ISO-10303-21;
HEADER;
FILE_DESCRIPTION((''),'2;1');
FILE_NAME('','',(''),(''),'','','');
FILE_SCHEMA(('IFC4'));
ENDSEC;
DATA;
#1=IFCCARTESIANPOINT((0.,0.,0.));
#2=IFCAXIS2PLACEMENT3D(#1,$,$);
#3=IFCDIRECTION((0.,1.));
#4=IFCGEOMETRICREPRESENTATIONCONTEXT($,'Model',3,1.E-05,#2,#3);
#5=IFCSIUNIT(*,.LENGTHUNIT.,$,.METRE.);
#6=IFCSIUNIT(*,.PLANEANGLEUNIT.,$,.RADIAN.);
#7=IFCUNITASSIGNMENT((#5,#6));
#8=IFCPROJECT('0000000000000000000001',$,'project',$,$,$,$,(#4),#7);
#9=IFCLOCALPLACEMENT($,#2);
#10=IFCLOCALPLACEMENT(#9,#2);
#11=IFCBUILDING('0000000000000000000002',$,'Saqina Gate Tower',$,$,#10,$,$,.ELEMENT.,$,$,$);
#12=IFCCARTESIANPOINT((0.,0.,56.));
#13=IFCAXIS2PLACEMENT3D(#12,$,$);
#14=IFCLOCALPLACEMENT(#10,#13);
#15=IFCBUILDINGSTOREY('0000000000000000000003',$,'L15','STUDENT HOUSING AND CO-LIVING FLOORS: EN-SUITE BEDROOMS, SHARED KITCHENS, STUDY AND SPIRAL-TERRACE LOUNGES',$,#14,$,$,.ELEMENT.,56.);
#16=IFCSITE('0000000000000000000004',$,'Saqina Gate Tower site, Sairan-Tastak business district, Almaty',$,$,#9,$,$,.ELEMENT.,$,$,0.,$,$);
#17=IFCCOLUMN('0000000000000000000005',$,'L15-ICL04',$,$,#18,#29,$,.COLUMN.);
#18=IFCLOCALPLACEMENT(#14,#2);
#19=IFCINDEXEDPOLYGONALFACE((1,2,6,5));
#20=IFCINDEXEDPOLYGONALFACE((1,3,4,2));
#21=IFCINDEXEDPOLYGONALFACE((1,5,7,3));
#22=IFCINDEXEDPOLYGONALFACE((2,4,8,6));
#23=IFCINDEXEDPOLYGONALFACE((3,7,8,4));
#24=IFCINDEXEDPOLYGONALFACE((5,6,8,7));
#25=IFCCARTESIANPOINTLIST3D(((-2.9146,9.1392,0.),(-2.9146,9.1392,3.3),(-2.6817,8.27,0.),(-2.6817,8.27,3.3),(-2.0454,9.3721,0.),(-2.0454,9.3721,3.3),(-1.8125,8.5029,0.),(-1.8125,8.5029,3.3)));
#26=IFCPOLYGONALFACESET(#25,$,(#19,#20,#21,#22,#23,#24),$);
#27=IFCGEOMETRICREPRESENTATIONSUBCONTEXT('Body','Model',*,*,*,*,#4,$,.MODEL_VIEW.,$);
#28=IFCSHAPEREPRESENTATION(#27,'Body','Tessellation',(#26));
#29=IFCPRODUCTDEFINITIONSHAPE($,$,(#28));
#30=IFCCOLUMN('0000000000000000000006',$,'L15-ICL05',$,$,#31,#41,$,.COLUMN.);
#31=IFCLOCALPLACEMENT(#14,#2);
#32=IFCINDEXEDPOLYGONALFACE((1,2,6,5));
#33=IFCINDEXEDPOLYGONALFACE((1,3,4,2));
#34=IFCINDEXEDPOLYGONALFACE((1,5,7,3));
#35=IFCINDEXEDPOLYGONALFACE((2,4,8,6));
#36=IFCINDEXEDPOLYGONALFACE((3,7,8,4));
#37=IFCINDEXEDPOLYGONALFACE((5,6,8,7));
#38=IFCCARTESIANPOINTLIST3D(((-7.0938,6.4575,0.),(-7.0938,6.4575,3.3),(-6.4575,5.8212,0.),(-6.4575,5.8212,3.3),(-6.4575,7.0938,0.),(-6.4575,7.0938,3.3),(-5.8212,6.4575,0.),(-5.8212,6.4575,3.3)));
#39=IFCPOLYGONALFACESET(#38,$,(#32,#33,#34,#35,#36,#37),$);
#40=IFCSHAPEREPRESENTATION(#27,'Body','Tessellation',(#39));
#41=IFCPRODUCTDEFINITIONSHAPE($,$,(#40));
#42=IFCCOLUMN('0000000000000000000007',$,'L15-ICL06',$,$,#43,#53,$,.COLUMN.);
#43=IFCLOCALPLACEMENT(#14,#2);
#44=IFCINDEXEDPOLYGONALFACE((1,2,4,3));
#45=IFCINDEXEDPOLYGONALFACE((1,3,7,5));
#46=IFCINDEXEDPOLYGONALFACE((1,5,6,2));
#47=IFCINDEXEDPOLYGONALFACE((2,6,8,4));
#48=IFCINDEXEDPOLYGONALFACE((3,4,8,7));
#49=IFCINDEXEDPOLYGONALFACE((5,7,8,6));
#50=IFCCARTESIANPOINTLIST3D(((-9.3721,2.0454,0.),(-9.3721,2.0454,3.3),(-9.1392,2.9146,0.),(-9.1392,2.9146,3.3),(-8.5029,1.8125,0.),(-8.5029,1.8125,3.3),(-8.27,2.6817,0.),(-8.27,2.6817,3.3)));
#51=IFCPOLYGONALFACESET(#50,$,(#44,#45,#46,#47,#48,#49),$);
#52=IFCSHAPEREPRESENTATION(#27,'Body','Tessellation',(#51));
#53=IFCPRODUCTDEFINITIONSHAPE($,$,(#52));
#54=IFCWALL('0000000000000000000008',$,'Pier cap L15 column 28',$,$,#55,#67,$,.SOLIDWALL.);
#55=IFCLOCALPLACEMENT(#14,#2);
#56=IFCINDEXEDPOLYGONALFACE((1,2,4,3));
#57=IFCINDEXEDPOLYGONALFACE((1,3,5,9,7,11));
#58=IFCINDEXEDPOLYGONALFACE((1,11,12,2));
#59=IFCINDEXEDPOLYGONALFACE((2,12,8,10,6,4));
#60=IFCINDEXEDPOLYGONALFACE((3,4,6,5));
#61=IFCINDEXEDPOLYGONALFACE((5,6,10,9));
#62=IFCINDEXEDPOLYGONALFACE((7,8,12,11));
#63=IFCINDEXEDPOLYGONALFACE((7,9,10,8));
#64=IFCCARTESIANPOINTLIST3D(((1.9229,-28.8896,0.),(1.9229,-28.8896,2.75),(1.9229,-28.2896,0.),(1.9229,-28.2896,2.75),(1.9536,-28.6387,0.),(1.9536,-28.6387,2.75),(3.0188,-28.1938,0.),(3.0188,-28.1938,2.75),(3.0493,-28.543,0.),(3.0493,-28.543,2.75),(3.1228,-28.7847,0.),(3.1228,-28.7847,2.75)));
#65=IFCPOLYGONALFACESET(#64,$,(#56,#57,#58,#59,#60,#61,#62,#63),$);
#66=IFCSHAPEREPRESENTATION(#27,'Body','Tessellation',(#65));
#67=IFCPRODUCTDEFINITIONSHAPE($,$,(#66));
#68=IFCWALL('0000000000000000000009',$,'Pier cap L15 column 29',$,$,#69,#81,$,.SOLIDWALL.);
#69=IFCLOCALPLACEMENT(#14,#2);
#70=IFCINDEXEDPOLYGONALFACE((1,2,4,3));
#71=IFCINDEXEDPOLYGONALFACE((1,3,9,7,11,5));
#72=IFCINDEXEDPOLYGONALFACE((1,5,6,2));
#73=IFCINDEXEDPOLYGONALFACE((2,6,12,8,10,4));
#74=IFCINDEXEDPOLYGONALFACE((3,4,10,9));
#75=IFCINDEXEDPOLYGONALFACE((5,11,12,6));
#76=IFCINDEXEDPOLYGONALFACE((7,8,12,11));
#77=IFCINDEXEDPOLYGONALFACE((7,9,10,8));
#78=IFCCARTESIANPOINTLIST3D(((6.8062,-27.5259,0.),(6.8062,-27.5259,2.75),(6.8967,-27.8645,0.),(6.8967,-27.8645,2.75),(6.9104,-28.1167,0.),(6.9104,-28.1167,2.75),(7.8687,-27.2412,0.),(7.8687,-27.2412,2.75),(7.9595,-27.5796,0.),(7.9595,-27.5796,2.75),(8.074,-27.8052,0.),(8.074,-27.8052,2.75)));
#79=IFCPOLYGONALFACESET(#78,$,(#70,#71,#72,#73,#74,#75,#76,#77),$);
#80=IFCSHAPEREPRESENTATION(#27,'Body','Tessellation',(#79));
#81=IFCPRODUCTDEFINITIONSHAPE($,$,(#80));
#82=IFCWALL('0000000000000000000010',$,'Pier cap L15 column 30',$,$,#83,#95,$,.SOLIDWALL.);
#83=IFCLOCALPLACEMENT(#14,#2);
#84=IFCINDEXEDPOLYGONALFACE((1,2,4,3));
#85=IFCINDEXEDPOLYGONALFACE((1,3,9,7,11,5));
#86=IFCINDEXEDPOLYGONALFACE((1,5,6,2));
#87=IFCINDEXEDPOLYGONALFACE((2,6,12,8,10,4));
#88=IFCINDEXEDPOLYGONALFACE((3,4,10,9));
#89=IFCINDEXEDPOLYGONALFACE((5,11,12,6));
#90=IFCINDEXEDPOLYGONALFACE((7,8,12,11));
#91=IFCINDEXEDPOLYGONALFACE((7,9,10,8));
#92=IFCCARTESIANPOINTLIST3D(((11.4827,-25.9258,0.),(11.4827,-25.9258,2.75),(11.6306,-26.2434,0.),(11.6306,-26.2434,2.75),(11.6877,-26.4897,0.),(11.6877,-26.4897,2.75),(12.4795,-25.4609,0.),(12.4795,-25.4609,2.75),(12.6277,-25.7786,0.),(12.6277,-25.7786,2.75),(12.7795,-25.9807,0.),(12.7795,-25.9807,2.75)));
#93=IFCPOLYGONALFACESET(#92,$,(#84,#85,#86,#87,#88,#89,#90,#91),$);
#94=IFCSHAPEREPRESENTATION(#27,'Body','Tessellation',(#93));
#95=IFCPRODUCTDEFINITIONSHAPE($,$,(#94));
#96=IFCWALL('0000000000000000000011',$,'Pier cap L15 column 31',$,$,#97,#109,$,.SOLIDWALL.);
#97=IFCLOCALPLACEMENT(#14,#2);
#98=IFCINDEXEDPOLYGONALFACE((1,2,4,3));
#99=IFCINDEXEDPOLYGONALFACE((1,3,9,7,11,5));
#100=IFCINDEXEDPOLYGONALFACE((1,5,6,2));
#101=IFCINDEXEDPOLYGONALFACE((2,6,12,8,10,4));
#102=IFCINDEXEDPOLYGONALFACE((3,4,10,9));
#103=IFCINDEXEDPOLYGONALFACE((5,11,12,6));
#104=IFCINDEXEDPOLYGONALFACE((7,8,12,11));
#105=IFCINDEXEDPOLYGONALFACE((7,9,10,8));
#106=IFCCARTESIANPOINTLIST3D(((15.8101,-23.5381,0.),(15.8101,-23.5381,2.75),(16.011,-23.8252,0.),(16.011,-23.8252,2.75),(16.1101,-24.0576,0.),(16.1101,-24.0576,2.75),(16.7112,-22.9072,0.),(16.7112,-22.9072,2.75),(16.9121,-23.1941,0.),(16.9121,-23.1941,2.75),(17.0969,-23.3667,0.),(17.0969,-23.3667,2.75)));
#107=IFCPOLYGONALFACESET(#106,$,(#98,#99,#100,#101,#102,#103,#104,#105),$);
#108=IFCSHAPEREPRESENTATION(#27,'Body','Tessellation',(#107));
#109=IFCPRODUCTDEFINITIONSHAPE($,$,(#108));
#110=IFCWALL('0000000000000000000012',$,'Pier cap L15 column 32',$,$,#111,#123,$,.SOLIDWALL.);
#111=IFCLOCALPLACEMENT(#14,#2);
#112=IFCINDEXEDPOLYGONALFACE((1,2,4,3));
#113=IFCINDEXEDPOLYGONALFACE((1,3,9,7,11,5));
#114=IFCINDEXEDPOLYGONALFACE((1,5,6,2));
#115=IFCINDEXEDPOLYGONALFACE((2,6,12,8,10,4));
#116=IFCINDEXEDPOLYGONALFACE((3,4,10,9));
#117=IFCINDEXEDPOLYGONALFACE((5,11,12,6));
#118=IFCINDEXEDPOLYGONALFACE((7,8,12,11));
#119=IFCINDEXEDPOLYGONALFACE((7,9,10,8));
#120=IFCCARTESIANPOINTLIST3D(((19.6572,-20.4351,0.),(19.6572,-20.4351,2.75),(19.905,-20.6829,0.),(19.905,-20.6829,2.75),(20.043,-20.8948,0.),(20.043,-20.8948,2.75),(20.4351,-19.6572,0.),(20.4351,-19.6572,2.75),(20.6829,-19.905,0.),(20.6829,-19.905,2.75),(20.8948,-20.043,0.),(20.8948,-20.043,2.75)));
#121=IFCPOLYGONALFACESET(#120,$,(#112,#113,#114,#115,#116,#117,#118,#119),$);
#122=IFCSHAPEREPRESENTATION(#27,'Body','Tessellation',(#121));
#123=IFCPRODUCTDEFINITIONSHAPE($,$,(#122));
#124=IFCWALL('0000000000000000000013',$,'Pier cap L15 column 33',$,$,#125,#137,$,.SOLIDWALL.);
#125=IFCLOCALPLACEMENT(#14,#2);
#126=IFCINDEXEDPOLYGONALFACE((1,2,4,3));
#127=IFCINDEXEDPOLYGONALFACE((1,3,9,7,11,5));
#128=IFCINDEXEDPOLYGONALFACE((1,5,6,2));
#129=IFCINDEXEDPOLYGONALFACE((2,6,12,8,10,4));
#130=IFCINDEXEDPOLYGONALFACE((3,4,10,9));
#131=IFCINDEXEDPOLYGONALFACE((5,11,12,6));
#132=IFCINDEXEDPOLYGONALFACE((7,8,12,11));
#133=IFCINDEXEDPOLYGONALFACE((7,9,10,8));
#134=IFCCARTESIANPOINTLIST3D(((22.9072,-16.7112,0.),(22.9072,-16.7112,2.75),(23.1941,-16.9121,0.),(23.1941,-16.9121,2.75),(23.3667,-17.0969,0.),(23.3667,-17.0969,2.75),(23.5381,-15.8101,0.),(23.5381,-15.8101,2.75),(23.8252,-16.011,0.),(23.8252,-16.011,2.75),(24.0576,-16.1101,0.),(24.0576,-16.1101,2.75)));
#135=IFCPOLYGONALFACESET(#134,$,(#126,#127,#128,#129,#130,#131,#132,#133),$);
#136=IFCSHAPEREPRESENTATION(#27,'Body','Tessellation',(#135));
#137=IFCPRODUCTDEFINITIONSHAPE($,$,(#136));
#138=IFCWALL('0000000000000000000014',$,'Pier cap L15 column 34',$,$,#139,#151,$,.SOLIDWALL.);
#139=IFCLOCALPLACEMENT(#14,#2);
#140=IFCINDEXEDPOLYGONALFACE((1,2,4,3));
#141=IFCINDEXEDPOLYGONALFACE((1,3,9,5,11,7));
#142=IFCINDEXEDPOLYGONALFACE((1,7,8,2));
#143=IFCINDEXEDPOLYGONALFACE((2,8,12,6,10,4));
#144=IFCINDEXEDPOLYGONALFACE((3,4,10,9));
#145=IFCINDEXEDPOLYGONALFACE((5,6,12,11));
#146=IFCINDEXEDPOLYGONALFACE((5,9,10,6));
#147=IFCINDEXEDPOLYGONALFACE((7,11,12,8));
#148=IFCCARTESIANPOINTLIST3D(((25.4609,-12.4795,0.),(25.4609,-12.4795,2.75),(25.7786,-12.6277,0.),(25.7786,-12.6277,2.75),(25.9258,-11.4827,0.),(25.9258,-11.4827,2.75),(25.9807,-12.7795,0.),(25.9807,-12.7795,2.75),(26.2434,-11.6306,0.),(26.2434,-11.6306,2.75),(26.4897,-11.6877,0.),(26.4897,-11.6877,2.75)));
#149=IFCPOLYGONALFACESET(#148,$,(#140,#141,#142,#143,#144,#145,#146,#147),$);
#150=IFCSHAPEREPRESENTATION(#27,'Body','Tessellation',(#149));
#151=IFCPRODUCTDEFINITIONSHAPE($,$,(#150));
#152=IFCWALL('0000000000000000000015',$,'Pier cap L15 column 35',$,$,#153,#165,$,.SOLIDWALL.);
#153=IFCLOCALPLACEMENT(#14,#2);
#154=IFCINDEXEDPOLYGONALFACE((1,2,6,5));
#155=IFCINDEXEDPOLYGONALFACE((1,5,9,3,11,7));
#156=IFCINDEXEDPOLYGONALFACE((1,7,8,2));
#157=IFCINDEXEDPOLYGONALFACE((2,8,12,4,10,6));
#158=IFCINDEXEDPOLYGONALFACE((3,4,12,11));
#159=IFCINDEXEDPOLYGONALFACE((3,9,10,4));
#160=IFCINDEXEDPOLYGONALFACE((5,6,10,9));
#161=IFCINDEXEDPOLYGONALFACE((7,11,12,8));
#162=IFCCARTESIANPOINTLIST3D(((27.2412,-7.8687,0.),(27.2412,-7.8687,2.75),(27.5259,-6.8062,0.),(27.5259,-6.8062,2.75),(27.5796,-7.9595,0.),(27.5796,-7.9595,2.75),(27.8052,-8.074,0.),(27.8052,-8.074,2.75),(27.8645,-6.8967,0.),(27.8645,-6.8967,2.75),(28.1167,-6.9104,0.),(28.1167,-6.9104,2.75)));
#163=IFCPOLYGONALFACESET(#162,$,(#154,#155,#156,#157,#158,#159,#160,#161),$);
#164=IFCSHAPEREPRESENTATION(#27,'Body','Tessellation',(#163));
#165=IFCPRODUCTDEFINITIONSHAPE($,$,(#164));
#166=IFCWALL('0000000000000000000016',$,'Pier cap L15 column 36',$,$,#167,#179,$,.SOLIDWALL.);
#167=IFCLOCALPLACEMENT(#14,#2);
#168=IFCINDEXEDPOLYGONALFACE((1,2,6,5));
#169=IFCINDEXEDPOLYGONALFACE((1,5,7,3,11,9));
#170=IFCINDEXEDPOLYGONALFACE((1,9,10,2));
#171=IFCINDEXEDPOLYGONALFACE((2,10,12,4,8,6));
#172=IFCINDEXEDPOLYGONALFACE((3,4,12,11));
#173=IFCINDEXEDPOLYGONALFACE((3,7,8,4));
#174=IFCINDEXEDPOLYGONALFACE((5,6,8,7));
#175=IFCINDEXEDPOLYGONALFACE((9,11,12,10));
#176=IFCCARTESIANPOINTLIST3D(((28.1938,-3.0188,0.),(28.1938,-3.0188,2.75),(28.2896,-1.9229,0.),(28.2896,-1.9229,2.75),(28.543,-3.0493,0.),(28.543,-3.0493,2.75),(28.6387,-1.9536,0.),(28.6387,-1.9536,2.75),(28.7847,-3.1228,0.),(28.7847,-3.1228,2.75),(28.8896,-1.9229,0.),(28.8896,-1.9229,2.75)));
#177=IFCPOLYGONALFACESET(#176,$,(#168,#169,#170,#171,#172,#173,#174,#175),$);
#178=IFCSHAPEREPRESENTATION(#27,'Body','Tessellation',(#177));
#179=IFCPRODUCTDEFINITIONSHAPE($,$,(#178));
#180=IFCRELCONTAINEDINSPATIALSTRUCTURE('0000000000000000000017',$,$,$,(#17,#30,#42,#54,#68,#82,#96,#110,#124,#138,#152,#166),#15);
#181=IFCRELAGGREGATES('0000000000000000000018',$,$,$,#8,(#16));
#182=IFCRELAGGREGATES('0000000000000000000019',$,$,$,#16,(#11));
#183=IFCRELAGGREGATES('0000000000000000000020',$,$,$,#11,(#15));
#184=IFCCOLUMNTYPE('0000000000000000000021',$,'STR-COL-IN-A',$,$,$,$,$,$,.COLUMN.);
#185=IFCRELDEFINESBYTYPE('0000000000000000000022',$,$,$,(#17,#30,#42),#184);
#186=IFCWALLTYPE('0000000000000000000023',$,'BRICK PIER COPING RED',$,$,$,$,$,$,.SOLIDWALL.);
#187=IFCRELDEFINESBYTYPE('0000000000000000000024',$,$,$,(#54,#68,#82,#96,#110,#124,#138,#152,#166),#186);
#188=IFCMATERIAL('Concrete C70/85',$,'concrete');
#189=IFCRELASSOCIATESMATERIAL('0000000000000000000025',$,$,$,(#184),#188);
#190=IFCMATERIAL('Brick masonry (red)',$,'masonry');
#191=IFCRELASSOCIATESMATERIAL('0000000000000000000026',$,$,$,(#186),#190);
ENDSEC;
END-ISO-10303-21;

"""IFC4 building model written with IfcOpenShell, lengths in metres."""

from ifc_helpers import new_model, si_unit, direction, frame, origin, origin_2d, place, context, subcontext, project, spatial, polyline, rectangle, outline, extrude, material, material_profile, profile_set, type_object, element, save


model = new_model("IFC4")

# Units and contexts
model_context = context("Model", 3, precision=1e-05, world=origin(), true_north=direction((0.0, 1.0)))
body_context = subcontext(model_context, "Body", "Model", "MODEL_VIEW")
ifc_project = project(units=[si_unit("LENGTHUNIT", "METRE"), si_unit("PLANEANGLEUNIT", "RADIAN")], contexts=[model_context])

# Site, building, storey
site_placement = place(None, origin())
site = spatial("IfcSite", under=ifc_project, at=site_placement, Name="Saqina Gate Tower site, Sairan-Tastak business district, Almaty", CompositionType="ELEMENT", RefElevation=0.0)
building_placement = place(site_placement, origin())
building = spatial("IfcBuilding", under=site, at=building_placement, Name="Saqina Gate Tower", CompositionType="ELEMENT")
storey_placement = place(building_placement, frame((0.0, 0.0, 56.0)))
storey = spatial("IfcBuildingStorey", under=building, at=storey_placement, Name="L15", Description="STUDENT HOUSING AND CO-LIVING FLOORS: EN-SUITE BEDROOMS, SHARED KITCHENS, STUDY AND SPIRAL-TERRACE LOUNGES", CompositionType="ELEMENT", Elevation=56.0)

# Columns
ifc_material_1 = material(Name="Concrete C70/85", Category="concrete")
ifc_material_profile = material_profile(ifc_material_1, rectangle(XDim=0.8999, YDim=0.8999, at=origin_2d()), Name="RC 900x900")
ifc_profile_set = profile_set([ifc_material_profile], Name="Concrete C70/85")
column_type = type_object("IfcColumnType", Name="STR-COL-IN-A", PredefinedType="COLUMN", material=ifc_profile_set)
for number, where, z_axis, x_axis, name in (
    (1, (-2.3635, 8.821, 0.0), (0.0, 0.0, 1.0), (-0.258819, 0.965926, 0.0), "L15-ICL04"),
    (2, (-6.4575, 6.4575, 0.0), (0.0, 0.0, 1.0), (-0.707107, 0.707107, 0.0), "L15-ICL05"),
    (3, (-8.821, 2.3635, 0.0), (0.0, 0.0, 1.0), (-0.965926, 0.258819, 0.0), "L15-ICL06"),
):
    element("IfcColumn", number, at=place(storey_placement, frame(where, z_axis=z_axis, x_axis=x_axis)), inside=storey, type_object=column_type, Name=name, PredefinedType="COLUMN", context=body_context, shape_type="SweptSolid", body=[
        extrude(rectangle(XDim=0.8999, YDim=0.8999, at=origin_2d()), origin(), (0.0, 0.0, 1.0), 3.3),
    ])

# Walls
ifc_material_2 = material(Name="Brick masonry (red)", Category="masonry")
wall_type_1 = type_object("IfcWallType", Name="BRICK PIER COPING RED", PredefinedType="SOLIDWALL", material=ifc_material_2)
wall_1_placement = place(storey_placement, origin())
element("IfcWall", 4, at=wall_1_placement, inside=storey, type_object=wall_type_1, Name="Pier cap L15 column 28", PredefinedType="SOLIDWALL", context=body_context, shape_type="SweptSolid", body=[
    extrude(outline(polyline([(1.9229, -28.8896), (3.1228, -28.7847), (3.0188, -28.1938), (3.0493, -28.543), (1.9536, -28.6387), (1.9229, -28.2896), (1.9229, -28.8896)])), origin(), (0.0, 0.0, 1.0), 2.75),
])
wall_2_placement = place(storey_placement, origin())
element("IfcWall", 5, at=wall_2_placement, inside=storey, type_object=wall_type_1, Name="Pier cap L15 column 29", PredefinedType="SOLIDWALL", context=body_context, shape_type="SweptSolid", body=[
    extrude(outline(polyline([(6.9104, -28.1167), (8.074, -27.8052), (7.8687, -27.2412), (7.9595, -27.5796), (6.8967, -27.8645), (6.8062, -27.5259), (6.9104, -28.1167)])), origin(), (0.0, 0.0, 1.0), 2.75),
])
wall_3_placement = place(storey_placement, origin())
element("IfcWall", 6, at=wall_3_placement, inside=storey, type_object=wall_type_1, Name="Pier cap L15 column 30", PredefinedType="SOLIDWALL", context=body_context, shape_type="SweptSolid", body=[
    extrude(outline(polyline([(12.7795, -25.9807), (12.4795, -25.4609), (12.6277, -25.7786), (11.6306, -26.2434), (11.4827, -25.9258), (11.6877, -26.4897), (12.7795, -25.9807)])), origin(), (0.0, 0.0, 1.0), 2.75),
])
wall_4_placement = place(storey_placement, origin())
element("IfcWall", 7, at=wall_4_placement, inside=storey, type_object=wall_type_1, Name="Pier cap L15 column 31", PredefinedType="SOLIDWALL", context=body_context, shape_type="SweptSolid", body=[
    extrude(outline(polyline([(16.1101, -24.0576), (17.0969, -23.3667), (16.7112, -22.9072), (16.9121, -23.1941), (16.011, -23.8252), (15.8101, -23.5381), (16.1101, -24.0576)])), origin(), (0.0, 0.0, 1.0), 2.75),
])
wall_5_placement = place(storey_placement, origin())
element("IfcWall", 8, at=wall_5_placement, inside=storey, type_object=wall_type_1, Name="Pier cap L15 column 32", PredefinedType="SOLIDWALL", context=body_context, shape_type="SweptSolid", body=[
    extrude(outline(polyline([(20.8948, -20.043), (20.4351, -19.6572), (20.6829, -19.905), (19.905, -20.6829), (19.6572, -20.4351), (20.043, -20.8948), (20.8948, -20.043)])), origin(), (0.0, 0.0, 1.0), 2.75),
])
wall_6_placement = place(storey_placement, origin())
element("IfcWall", 9, at=wall_6_placement, inside=storey, type_object=wall_type_1, Name="Pier cap L15 column 33", PredefinedType="SOLIDWALL", context=body_context, shape_type="SweptSolid", body=[
    extrude(outline(polyline([(23.3667, -17.0969), (24.0576, -16.1101), (23.5381, -15.8101), (23.8252, -16.011), (23.1941, -16.9121), (22.9072, -16.7112), (23.3667, -17.0969)])), origin(), (0.0, 0.0, 1.0), 2.75),
])
wall_7_placement = place(storey_placement, origin())
element("IfcWall", 10, at=wall_7_placement, inside=storey, type_object=wall_type_1, Name="Pier cap L15 column 34", PredefinedType="SOLIDWALL", context=body_context, shape_type="SweptSolid", body=[
    extrude(outline(polyline([(26.4897, -11.6877), (25.9258, -11.4827), (26.2434, -11.6306), (25.7786, -12.6277), (25.4609, -12.4795), (25.9807, -12.7795), (26.4897, -11.6877)])), origin(), (0.0, 0.0, 1.0), 2.75),
])
wall_8_placement = place(storey_placement, origin())
element("IfcWall", 11, at=wall_8_placement, inside=storey, type_object=wall_type_1, Name="Pier cap L15 column 35", PredefinedType="SOLIDWALL", context=body_context, shape_type="SweptSolid", body=[
    extrude(outline(polyline([(28.1167, -6.9104), (27.5259, -6.8062), (27.8645, -6.8967), (27.5796, -7.9595), (27.2412, -7.8687), (27.8052, -8.074), (28.1167, -6.9104)])), origin(), (0.0, 0.0, 1.0), 2.75),
])
wall_9_placement = place(storey_placement, origin())
element("IfcWall", 12, at=wall_9_placement, inside=storey, type_object=wall_type_1, Name="Pier cap L15 column 36", PredefinedType="SOLIDWALL", context=body_context, shape_type="SweptSolid", body=[
    extrude(outline(polyline([(28.7847, -3.1228), (28.8896, -1.9229), (28.2896, -1.9229), (28.6387, -1.9536), (28.543, -3.0493), (28.1938, -3.0188), (28.7847, -3.1228)])), origin(), (0.0, 0.0, 1.0), 2.75),
])

save(model, "model.ifc")
